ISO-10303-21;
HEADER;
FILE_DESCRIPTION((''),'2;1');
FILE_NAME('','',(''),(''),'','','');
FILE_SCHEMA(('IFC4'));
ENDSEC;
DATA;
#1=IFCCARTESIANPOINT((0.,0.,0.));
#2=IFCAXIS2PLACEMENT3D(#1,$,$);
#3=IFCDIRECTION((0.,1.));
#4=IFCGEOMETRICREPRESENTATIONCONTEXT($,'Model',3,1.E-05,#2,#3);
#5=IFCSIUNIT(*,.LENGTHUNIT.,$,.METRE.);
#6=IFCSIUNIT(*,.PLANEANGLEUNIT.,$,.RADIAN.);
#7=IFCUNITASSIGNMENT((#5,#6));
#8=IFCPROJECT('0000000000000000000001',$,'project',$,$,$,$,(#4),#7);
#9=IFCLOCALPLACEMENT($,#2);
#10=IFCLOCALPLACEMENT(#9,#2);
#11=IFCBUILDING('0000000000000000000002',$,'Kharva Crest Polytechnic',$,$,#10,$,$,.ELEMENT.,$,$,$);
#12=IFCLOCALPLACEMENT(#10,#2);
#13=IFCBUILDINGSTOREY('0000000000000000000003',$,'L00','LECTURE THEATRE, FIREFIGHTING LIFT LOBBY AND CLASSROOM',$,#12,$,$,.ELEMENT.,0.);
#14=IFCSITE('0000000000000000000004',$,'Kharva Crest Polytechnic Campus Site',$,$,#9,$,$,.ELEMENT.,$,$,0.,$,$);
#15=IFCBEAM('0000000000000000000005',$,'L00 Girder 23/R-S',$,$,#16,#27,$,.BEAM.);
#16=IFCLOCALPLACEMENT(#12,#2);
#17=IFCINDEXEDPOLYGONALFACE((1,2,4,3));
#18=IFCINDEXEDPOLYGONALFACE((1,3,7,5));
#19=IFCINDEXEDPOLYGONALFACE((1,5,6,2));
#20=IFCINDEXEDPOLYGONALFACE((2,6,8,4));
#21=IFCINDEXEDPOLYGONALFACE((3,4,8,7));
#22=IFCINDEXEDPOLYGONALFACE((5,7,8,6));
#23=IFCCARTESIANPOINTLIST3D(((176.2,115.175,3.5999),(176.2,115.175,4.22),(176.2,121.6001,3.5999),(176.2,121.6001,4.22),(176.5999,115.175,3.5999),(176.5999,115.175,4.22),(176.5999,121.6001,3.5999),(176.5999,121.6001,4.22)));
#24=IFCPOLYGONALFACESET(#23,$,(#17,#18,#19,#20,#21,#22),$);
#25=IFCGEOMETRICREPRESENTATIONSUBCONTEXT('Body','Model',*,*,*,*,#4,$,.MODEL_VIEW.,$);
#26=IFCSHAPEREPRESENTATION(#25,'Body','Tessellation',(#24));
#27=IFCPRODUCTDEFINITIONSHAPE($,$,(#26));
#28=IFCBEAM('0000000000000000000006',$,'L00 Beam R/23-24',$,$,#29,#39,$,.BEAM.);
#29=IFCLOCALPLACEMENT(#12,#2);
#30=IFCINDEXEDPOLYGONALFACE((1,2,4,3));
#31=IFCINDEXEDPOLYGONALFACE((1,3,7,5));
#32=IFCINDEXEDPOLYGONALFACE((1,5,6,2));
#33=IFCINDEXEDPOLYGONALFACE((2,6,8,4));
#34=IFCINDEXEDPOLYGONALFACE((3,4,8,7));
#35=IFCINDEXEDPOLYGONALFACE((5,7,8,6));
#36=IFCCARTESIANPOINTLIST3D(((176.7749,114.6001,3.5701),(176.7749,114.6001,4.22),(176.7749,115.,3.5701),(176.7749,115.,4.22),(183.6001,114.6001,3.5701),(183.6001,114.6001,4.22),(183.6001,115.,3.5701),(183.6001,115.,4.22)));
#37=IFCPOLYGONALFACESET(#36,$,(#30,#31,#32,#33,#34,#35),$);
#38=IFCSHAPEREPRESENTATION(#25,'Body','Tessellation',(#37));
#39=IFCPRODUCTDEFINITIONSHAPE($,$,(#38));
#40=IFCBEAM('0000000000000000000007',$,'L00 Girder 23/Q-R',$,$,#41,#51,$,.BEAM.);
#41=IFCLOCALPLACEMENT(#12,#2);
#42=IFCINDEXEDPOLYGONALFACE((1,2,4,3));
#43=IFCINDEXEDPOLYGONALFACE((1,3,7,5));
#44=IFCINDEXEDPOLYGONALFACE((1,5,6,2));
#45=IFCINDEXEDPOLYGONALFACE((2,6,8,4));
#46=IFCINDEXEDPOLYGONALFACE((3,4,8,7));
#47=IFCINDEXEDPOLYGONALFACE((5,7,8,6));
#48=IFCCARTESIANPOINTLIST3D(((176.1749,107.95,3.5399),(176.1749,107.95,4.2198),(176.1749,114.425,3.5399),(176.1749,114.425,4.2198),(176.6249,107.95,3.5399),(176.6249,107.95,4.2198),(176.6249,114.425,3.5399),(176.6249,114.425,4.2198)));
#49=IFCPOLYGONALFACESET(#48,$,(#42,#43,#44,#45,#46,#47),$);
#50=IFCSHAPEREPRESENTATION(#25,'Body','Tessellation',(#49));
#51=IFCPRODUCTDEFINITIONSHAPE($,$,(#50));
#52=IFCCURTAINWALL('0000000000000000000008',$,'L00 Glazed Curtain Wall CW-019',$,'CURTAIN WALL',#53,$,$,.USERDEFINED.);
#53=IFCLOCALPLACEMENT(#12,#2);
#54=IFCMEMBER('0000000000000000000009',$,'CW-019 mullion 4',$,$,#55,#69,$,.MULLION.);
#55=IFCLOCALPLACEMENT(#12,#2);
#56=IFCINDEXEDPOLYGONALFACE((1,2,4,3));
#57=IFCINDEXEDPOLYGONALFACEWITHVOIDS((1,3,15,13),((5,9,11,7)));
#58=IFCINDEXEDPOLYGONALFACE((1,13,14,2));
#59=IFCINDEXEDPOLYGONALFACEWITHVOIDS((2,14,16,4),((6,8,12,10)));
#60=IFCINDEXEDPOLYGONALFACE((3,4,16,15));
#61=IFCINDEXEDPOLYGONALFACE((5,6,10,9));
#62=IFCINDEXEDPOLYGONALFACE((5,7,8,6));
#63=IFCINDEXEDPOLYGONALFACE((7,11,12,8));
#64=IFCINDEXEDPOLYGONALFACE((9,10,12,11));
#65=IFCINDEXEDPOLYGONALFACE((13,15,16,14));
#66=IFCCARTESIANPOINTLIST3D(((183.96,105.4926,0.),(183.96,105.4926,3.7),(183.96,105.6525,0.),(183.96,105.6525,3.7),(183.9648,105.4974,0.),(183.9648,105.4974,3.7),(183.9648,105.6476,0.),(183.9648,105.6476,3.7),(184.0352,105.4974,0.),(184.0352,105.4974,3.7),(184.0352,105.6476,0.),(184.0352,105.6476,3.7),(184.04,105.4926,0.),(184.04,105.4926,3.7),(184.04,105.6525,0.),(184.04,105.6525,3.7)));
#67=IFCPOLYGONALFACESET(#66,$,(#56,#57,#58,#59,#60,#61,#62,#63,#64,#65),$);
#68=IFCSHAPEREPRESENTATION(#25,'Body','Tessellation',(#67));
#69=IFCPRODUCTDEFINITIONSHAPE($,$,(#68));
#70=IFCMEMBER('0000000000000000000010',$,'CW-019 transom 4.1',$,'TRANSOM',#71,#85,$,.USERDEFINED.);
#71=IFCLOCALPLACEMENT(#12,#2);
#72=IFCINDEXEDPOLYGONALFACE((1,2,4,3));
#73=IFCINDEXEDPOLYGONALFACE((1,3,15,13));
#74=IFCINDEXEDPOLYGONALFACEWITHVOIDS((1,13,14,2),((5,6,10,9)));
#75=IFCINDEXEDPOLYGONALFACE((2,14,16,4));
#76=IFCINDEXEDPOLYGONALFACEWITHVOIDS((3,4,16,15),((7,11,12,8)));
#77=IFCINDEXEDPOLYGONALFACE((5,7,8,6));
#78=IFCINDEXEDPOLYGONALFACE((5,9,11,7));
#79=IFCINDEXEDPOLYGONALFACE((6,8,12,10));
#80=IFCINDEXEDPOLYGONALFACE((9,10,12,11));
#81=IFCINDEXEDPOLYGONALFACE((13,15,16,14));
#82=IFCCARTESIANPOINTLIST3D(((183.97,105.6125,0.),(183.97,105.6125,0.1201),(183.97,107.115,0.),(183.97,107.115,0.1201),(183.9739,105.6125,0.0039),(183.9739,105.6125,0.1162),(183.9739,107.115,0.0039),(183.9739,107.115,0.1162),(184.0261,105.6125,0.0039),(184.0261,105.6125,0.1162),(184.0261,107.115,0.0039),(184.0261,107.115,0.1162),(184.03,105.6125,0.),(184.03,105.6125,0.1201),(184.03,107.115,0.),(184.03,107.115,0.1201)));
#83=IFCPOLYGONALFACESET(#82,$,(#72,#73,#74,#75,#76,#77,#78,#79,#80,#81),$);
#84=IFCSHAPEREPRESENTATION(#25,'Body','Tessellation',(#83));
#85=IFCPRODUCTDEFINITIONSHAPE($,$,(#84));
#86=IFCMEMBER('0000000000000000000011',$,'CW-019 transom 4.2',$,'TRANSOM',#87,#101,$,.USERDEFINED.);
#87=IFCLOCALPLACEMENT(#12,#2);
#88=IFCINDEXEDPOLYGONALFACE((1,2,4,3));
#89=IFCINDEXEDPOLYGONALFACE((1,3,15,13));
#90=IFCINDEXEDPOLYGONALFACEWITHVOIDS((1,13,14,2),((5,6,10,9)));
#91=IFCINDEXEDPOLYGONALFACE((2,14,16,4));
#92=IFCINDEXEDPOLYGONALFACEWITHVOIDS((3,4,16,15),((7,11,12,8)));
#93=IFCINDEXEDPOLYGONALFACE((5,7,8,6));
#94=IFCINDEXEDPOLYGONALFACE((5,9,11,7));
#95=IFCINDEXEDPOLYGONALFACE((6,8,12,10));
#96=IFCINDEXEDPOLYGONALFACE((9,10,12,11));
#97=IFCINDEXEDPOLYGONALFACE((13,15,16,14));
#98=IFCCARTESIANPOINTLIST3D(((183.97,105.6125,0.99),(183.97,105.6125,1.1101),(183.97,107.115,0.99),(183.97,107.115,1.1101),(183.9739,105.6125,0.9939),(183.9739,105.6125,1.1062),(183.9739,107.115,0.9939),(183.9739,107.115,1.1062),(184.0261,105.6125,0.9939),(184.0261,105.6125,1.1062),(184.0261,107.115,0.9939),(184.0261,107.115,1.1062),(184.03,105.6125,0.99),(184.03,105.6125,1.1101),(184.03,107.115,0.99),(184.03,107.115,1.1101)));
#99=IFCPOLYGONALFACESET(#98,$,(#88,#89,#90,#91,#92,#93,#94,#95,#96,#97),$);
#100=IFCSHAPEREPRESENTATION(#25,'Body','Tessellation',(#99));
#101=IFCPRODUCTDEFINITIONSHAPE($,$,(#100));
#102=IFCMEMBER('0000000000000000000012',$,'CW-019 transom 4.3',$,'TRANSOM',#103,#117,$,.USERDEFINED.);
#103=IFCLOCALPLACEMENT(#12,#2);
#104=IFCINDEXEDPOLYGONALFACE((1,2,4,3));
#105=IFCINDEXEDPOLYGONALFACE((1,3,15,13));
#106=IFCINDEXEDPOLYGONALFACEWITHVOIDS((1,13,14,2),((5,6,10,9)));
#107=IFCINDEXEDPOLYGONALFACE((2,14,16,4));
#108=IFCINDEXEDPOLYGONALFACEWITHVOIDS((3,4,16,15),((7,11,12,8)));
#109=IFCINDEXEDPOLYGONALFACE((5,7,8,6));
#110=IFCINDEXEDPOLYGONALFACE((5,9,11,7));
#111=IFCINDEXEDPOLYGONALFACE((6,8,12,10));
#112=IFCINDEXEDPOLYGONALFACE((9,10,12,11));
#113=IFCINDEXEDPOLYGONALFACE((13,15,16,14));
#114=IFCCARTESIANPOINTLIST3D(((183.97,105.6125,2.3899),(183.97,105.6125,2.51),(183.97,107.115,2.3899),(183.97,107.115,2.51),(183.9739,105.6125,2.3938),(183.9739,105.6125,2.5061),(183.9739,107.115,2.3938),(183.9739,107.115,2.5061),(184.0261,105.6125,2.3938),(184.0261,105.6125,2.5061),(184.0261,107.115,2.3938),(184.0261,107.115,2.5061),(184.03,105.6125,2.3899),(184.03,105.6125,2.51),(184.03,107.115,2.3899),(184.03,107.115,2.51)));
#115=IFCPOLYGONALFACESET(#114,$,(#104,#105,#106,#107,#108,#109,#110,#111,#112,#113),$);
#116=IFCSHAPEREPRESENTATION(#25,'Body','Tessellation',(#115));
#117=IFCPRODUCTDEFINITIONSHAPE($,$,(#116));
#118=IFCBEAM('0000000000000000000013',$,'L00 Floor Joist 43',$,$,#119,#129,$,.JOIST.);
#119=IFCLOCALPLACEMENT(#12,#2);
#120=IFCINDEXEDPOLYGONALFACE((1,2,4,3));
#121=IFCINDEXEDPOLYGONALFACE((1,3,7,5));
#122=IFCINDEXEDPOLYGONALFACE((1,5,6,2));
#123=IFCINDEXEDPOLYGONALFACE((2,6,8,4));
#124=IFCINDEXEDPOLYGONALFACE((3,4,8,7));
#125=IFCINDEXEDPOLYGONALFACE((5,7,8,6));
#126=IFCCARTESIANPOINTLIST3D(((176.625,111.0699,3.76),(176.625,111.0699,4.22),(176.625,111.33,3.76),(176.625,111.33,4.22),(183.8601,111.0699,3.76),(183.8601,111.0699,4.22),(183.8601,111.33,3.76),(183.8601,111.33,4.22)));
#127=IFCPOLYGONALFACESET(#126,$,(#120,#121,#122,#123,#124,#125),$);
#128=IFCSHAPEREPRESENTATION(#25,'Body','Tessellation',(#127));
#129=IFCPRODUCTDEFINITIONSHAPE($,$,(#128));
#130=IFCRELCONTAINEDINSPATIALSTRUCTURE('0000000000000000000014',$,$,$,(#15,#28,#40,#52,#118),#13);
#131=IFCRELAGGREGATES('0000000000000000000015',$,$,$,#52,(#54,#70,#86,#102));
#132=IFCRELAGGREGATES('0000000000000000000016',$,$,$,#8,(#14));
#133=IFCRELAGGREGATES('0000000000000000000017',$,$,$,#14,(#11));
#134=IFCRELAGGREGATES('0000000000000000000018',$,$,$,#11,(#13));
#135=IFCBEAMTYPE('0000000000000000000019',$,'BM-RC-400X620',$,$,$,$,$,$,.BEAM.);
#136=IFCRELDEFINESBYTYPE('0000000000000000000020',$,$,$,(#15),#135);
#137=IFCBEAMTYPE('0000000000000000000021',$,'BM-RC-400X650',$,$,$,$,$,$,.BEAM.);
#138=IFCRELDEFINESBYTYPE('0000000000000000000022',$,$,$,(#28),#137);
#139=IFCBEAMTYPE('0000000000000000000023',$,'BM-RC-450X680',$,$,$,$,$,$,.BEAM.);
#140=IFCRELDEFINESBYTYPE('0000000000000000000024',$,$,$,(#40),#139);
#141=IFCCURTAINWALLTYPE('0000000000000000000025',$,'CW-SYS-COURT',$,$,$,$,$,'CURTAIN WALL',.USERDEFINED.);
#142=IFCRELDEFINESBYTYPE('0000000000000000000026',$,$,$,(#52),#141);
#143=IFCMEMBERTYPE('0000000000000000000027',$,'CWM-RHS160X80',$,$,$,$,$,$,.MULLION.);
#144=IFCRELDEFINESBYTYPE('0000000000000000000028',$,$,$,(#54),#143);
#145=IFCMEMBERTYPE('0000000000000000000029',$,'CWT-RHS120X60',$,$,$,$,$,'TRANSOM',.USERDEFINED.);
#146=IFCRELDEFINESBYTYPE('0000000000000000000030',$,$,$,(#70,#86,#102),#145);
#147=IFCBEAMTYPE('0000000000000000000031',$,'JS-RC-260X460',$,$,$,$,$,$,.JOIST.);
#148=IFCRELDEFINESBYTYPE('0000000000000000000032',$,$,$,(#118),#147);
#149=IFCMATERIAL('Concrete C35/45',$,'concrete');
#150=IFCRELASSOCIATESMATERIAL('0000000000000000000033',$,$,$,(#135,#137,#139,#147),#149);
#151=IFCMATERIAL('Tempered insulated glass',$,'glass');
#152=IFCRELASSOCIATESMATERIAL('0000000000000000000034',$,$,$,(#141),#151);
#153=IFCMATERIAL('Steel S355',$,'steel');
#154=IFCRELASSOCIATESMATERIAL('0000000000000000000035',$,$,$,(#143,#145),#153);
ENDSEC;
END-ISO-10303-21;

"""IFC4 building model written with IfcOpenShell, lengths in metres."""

from ifc_helpers import new_model, si_unit, direction, frame, origin, origin_2d, place, context, subcontext, project, spatial, rectangle, hollow_rectangle, extrude, material, material_profile, profile_set, type_object, element, aggregate, save


model = new_model("IFC4")

# Units and contexts
model_context = context("Model", 3, precision=1e-05, world=origin(), true_north=direction((0.0, 1.0)))
body_context = subcontext(model_context, "Body", "Model", "MODEL_VIEW")
ifc_project = project(units=[si_unit("LENGTHUNIT", "METRE"), si_unit("PLANEANGLEUNIT", "RADIAN")], contexts=[model_context])

# Site, building, storey
site_placement = place(None, origin())
site = spatial("IfcSite", under=ifc_project, at=site_placement, Name="Kharva Crest Polytechnic Campus Site", CompositionType="ELEMENT", RefElevation=0.0)
building_placement = place(site_placement, origin())
building = spatial("IfcBuilding", under=site, at=building_placement, Name="Kharva Crest Polytechnic", CompositionType="ELEMENT")
storey_placement = place(building_placement, origin())
storey = spatial("IfcBuildingStorey", under=building, at=storey_placement, Name="L00", Description="LECTURE THEATRE, FIREFIGHTING LIFT LOBBY AND CLASSROOM", CompositionType="ELEMENT", Elevation=0.0)

# Shared definitions
ifc_material_1 = material(Name="Concrete C35/45", Category="concrete")

# Beams
ifc_material_profile_1 = material_profile(ifc_material_1, rectangle(XDim=0.3999, YDim=0.6201, at=origin_2d()), Name="RECT 400 X 620")
ifc_profile_set_1 = profile_set([ifc_material_profile_1], Name="Concrete C35/45")
beam_type_1 = type_object("IfcBeamType", Name="BM-RC-400X620", PredefinedType="BEAM", material=ifc_profile_set_1)
beam_1_placement = place(storey_placement, frame((176.3999, 115.175, 3.9099), z_axis=(0.0, 1.0, 0.0), x_axis=(-1.0, 0.0, 0.0)))
element("IfcBeam", 1, at=beam_1_placement, inside=storey, type_object=beam_type_1, Name="L00 Girder 23/R-S", PredefinedType="BEAM", context=body_context, shape_type="SweptSolid", body=[
    extrude(rectangle(XDim=0.3999, YDim=0.6201, at=origin_2d()), origin(), (0.0, 0.0, 1.0), 6.425),
])
ifc_material_profile_2 = material_profile(ifc_material_1, rectangle(XDim=0.3999, YDim=0.6499, at=origin_2d()), Name="RECT 400 X 650")
ifc_profile_set_2 = profile_set([ifc_material_profile_2], Name="Concrete C35/45")
beam_type_2 = type_object("IfcBeamType", Name="BM-RC-400X650", PredefinedType="BEAM", material=ifc_profile_set_2)
beam_2_placement = place(storey_placement, frame((176.7749, 114.8, 3.895), z_axis=(1.0, 0.0, 0.0), x_axis=(0.0, 1.0, 0.0)))
element("IfcBeam", 2, at=beam_2_placement, inside=storey, type_object=beam_type_2, Name="L00 Beam R/23-24", PredefinedType="BEAM", context=body_context, shape_type="SweptSolid", body=[
    extrude(rectangle(XDim=0.3999, YDim=0.6499, at=origin_2d()), origin(), (0.0, 0.0, 1.0), 6.8252),
])
ifc_material_profile_3 = material_profile(ifc_material_1, rectangle(XDim=0.45, YDim=0.6799, at=origin_2d()), Name="RECT 450 X 680")
ifc_profile_set_3 = profile_set([ifc_material_profile_3], Name="Concrete C35/45")
beam_type_3 = type_object("IfcBeamType", Name="BM-RC-450X680", PredefinedType="BEAM", material=ifc_profile_set_3)
beam_3_placement = place(storey_placement, frame((176.3999, 107.95, 3.8799), z_axis=(0.0, 1.0, 0.0), x_axis=(-1.0, 0.0, 0.0)))
element("IfcBeam", 3, at=beam_3_placement, inside=storey, type_object=beam_type_3, Name="L00 Girder 23/Q-R", PredefinedType="BEAM", context=body_context, shape_type="SweptSolid", body=[
    extrude(rectangle(XDim=0.45, YDim=0.6799, at=origin_2d()), origin(), (0.0, 0.0, 1.0), 6.4751),
])

# Curtain wall, members
ifc_material_2 = material(Name="Tempered insulated glass", Category="glass")
curtain_wall_type = type_object("IfcCurtainWallType", Name="CW-SYS-COURT", ElementType="CURTAIN WALL", PredefinedType="USERDEFINED", material=ifc_material_2)
curtain_wall_placement = place(storey_placement, origin())
curtain_wall = element("IfcCurtainWall", 4, at=curtain_wall_placement, inside=storey, type_object=curtain_wall_type, Name="L00 Glazed Curtain Wall CW-019", ObjectType="CURTAIN WALL", PredefinedType="USERDEFINED")
ifc_material_3 = material(Name="Steel S355", Category="steel")
ifc_material_profile_4 = material_profile(ifc_material_3, hollow_rectangle(XDim=0.0801, YDim=0.1599, WallThickness=0.0049, at=origin_2d()), Name="RHS 160X80X5.0")
ifc_profile_set_4 = profile_set([ifc_material_profile_4], Name="Steel S355")
member_type_1 = type_object("IfcMemberType", Name="CWM-RHS160X80", PredefinedType="MULLION", material=ifc_profile_set_4)
member_1_placement = place(storey_placement, frame((184.0, 105.5725, 0.0), z_axis=(0.0, 0.0, 1.0), x_axis=(-1.0, 0.0, 0.0)))
member_1 = element("IfcMember", 5, at=member_1_placement, type_object=member_type_1, Name="CW-019 mullion 4", PredefinedType="MULLION", context=body_context, shape_type="SweptSolid", body=[
    extrude(hollow_rectangle(XDim=0.0801, YDim=0.1599, WallThickness=0.0049, at=origin_2d()), origin(), (0.0, 0.0, 1.0), 3.7),
])
ifc_material_profile_5 = material_profile(ifc_material_3, hollow_rectangle(XDim=0.0601, YDim=0.1201, WallThickness=0.0039, at=origin_2d()), Name="RHS 120X60X4.0")
ifc_profile_set_5 = profile_set([ifc_material_profile_5], Name="Steel S355")
member_type_2 = type_object("IfcMemberType", Name="CWT-RHS120X60", ElementType="TRANSOM", PredefinedType="USERDEFINED", material=ifc_profile_set_5)
member_2_placement = place(storey_placement, frame((184.0, 105.6125, 0.0601), z_axis=(0.0, 1.0, 0.0), x_axis=(-1.0, 0.0, 0.0)))
member_2 = element("IfcMember", 6, at=member_2_placement, type_object=member_type_2, Name="CW-019 transom 4.1", ObjectType="TRANSOM", PredefinedType="USERDEFINED", context=body_context, shape_type="SweptSolid", body=[
    extrude(hollow_rectangle(XDim=0.0601, YDim=0.1201, WallThickness=0.0039, at=origin_2d()), origin(), (0.0, 0.0, 1.0), 1.5024),
])
member_3_placement = place(storey_placement, frame((184.0, 105.6125, 1.05), z_axis=(0.0, 1.0, 0.0), x_axis=(-1.0, 0.0, 0.0)))
member_3 = element("IfcMember", 7, at=member_3_placement, type_object=member_type_2, Name="CW-019 transom 4.2", ObjectType="TRANSOM", PredefinedType="USERDEFINED", context=body_context, shape_type="SweptSolid", body=[
    extrude(hollow_rectangle(XDim=0.0601, YDim=0.1201, WallThickness=0.0039, at=origin_2d()), origin(), (0.0, 0.0, 1.0), 1.5024),
])
member_4_placement = place(storey_placement, frame((184.0, 105.6125, 2.45), z_axis=(0.0, 1.0, 0.0), x_axis=(-1.0, 0.0, 0.0)))
member_4 = element("IfcMember", 8, at=member_4_placement, type_object=member_type_2, Name="CW-019 transom 4.3", ObjectType="TRANSOM", PredefinedType="USERDEFINED", context=body_context, shape_type="SweptSolid", body=[
    extrude(hollow_rectangle(XDim=0.0601, YDim=0.1201, WallThickness=0.0039, at=origin_2d()), origin(), (0.0, 0.0, 1.0), 1.5024),
])
aggregate(curtain_wall, [member_1, member_2, member_3, member_4])

# Beam
ifc_material_profile_6 = material_profile(ifc_material_1, rectangle(XDim=0.26, YDim=0.46, at=origin_2d()), Name="RECT 260 X 460")
ifc_profile_set_6 = profile_set([ifc_material_profile_6], Name="Concrete C35/45")
beam_type_4 = type_object("IfcBeamType", Name="JS-RC-260X460", PredefinedType="JOIST", material=ifc_profile_set_6)
beam_4_placement = place(storey_placement, frame((176.625, 111.2, 3.99), z_axis=(1.0, 0.0, 0.0), x_axis=(0.0, 1.0, 0.0)))
element("IfcBeam", 9, at=beam_4_placement, inside=storey, type_object=beam_type_4, Name="L00 Floor Joist 43", PredefinedType="JOIST", context=body_context, shape_type="SweptSolid", body=[
    extrude(rectangle(XDim=0.26, YDim=0.46, at=origin_2d()), origin(), (0.0, 0.0, 1.0), 7.2351),
])

save(model, "model.ifc")
